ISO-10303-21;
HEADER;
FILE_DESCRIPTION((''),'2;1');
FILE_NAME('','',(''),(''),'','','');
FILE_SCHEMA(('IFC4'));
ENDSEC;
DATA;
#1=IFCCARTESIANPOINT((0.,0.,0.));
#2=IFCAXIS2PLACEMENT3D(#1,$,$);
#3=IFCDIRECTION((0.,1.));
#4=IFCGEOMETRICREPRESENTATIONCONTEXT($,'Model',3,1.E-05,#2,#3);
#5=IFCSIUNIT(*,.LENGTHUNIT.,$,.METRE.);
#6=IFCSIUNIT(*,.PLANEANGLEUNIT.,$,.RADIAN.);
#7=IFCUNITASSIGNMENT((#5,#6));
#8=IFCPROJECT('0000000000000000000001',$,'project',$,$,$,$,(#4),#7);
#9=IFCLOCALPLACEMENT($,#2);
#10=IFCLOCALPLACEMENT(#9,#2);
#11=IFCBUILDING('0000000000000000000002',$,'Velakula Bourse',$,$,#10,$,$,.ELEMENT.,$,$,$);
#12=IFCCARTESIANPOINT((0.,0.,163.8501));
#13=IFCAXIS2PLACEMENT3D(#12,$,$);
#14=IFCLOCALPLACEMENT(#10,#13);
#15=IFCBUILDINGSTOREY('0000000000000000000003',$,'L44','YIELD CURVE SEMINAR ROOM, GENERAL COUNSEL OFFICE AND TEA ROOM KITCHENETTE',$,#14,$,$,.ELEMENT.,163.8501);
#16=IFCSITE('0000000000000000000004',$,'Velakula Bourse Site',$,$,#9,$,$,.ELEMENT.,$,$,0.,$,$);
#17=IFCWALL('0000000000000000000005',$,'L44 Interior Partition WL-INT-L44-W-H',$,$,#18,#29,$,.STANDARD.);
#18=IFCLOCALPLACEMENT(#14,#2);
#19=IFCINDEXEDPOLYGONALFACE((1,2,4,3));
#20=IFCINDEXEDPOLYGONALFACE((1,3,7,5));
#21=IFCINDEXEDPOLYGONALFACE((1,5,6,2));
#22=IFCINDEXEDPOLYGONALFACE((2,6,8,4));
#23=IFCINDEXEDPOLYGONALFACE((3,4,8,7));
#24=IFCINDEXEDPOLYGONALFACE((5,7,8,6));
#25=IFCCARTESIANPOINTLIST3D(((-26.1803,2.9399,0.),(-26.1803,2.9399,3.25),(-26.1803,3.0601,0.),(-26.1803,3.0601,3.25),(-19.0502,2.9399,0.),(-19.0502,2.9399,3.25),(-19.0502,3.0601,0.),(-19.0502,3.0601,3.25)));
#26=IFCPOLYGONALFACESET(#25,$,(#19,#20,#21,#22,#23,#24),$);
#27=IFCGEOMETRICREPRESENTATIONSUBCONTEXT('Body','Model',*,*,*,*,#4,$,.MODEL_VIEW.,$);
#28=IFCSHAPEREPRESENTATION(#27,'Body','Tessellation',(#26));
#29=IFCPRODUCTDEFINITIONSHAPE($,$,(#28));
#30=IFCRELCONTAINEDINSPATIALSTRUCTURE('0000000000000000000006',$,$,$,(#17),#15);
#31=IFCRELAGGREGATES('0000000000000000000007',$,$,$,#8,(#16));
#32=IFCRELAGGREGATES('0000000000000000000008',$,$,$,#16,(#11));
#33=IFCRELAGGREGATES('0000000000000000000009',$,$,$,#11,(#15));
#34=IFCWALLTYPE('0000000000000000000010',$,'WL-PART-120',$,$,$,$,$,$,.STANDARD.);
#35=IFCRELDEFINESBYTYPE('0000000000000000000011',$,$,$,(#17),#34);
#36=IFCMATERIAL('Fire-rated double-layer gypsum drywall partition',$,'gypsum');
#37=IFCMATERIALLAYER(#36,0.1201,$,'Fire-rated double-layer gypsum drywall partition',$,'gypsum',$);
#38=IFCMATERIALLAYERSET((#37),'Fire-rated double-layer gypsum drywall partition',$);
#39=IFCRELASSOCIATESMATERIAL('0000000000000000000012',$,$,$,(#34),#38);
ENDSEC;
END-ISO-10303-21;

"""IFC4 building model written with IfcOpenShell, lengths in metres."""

from ifc_helpers import new_model, si_unit, direction, frame, frame_2d, origin, place, context, subcontext, project, spatial, rectangle, extrude, material, layer, layer_set, type_object, element, save


model = new_model("IFC4")

# Units and contexts
model_context = context("Model", 3, precision=1e-05, world=origin(), true_north=direction((0.0, 1.0)))
body_context = subcontext(model_context, "Body", "Model", "MODEL_VIEW")
ifc_project = project(units=[si_unit("LENGTHUNIT", "METRE"), si_unit("PLANEANGLEUNIT", "RADIAN")], contexts=[model_context])

# Site, building, storey
site_placement = place(None, origin())
site = spatial("IfcSite", under=ifc_project, at=site_placement, Name="Velakula Bourse Site", CompositionType="ELEMENT", RefElevation=0.0)
building_placement = place(site_placement, origin())
building = spatial("IfcBuilding", under=site, at=building_placement, Name="Velakula Bourse", CompositionType="ELEMENT")
storey_placement = place(building_placement, frame((0.0, 0.0, 163.8501)))
storey = spatial("IfcBuildingStorey", under=building, at=storey_placement, Name="L44", Description="YIELD CURVE SEMINAR ROOM, GENERAL COUNSEL OFFICE AND TEA ROOM KITCHENETTE", CompositionType="ELEMENT", Elevation=163.8501)

# Wall
ifc_material_1 = material(Name="Fire-rated double-layer gypsum drywall partition", Category="gypsum")
ifc_layer_1 = layer(ifc_material_1, 0.1201, Name="Fire-rated double-layer gypsum drywall partition", Category="gypsum")
ifc_layer_set_1 = layer_set([ifc_layer_1], Name="Fire-rated double-layer gypsum drywall partition")
wall_type_1 = type_object("IfcWallType", Name="WL-PART-120", PredefinedType="STANDARD", material=ifc_layer_set_1)
wall_1_placement = place(storey_placement, frame((-26.1802, 3.0, 0.0), z_axis=(0.0, 0.0, 1.0), x_axis=(1.0, 0.0, 0.0)))
element("IfcWall", 1, at=wall_1_placement, inside=storey, type_object=wall_type_1, Name="L44 Interior Partition WL-INT-L44-W-H", PredefinedType="STANDARD", context=body_context, shape_type="SweptSolid", body=[
    extrude(rectangle(XDim=7.1301, YDim=0.1201, at=frame_2d((3.5649, 0.0))), origin(), (0.0, 0.0, 1.0), 3.25),
])

save(model, "model.ifc")
